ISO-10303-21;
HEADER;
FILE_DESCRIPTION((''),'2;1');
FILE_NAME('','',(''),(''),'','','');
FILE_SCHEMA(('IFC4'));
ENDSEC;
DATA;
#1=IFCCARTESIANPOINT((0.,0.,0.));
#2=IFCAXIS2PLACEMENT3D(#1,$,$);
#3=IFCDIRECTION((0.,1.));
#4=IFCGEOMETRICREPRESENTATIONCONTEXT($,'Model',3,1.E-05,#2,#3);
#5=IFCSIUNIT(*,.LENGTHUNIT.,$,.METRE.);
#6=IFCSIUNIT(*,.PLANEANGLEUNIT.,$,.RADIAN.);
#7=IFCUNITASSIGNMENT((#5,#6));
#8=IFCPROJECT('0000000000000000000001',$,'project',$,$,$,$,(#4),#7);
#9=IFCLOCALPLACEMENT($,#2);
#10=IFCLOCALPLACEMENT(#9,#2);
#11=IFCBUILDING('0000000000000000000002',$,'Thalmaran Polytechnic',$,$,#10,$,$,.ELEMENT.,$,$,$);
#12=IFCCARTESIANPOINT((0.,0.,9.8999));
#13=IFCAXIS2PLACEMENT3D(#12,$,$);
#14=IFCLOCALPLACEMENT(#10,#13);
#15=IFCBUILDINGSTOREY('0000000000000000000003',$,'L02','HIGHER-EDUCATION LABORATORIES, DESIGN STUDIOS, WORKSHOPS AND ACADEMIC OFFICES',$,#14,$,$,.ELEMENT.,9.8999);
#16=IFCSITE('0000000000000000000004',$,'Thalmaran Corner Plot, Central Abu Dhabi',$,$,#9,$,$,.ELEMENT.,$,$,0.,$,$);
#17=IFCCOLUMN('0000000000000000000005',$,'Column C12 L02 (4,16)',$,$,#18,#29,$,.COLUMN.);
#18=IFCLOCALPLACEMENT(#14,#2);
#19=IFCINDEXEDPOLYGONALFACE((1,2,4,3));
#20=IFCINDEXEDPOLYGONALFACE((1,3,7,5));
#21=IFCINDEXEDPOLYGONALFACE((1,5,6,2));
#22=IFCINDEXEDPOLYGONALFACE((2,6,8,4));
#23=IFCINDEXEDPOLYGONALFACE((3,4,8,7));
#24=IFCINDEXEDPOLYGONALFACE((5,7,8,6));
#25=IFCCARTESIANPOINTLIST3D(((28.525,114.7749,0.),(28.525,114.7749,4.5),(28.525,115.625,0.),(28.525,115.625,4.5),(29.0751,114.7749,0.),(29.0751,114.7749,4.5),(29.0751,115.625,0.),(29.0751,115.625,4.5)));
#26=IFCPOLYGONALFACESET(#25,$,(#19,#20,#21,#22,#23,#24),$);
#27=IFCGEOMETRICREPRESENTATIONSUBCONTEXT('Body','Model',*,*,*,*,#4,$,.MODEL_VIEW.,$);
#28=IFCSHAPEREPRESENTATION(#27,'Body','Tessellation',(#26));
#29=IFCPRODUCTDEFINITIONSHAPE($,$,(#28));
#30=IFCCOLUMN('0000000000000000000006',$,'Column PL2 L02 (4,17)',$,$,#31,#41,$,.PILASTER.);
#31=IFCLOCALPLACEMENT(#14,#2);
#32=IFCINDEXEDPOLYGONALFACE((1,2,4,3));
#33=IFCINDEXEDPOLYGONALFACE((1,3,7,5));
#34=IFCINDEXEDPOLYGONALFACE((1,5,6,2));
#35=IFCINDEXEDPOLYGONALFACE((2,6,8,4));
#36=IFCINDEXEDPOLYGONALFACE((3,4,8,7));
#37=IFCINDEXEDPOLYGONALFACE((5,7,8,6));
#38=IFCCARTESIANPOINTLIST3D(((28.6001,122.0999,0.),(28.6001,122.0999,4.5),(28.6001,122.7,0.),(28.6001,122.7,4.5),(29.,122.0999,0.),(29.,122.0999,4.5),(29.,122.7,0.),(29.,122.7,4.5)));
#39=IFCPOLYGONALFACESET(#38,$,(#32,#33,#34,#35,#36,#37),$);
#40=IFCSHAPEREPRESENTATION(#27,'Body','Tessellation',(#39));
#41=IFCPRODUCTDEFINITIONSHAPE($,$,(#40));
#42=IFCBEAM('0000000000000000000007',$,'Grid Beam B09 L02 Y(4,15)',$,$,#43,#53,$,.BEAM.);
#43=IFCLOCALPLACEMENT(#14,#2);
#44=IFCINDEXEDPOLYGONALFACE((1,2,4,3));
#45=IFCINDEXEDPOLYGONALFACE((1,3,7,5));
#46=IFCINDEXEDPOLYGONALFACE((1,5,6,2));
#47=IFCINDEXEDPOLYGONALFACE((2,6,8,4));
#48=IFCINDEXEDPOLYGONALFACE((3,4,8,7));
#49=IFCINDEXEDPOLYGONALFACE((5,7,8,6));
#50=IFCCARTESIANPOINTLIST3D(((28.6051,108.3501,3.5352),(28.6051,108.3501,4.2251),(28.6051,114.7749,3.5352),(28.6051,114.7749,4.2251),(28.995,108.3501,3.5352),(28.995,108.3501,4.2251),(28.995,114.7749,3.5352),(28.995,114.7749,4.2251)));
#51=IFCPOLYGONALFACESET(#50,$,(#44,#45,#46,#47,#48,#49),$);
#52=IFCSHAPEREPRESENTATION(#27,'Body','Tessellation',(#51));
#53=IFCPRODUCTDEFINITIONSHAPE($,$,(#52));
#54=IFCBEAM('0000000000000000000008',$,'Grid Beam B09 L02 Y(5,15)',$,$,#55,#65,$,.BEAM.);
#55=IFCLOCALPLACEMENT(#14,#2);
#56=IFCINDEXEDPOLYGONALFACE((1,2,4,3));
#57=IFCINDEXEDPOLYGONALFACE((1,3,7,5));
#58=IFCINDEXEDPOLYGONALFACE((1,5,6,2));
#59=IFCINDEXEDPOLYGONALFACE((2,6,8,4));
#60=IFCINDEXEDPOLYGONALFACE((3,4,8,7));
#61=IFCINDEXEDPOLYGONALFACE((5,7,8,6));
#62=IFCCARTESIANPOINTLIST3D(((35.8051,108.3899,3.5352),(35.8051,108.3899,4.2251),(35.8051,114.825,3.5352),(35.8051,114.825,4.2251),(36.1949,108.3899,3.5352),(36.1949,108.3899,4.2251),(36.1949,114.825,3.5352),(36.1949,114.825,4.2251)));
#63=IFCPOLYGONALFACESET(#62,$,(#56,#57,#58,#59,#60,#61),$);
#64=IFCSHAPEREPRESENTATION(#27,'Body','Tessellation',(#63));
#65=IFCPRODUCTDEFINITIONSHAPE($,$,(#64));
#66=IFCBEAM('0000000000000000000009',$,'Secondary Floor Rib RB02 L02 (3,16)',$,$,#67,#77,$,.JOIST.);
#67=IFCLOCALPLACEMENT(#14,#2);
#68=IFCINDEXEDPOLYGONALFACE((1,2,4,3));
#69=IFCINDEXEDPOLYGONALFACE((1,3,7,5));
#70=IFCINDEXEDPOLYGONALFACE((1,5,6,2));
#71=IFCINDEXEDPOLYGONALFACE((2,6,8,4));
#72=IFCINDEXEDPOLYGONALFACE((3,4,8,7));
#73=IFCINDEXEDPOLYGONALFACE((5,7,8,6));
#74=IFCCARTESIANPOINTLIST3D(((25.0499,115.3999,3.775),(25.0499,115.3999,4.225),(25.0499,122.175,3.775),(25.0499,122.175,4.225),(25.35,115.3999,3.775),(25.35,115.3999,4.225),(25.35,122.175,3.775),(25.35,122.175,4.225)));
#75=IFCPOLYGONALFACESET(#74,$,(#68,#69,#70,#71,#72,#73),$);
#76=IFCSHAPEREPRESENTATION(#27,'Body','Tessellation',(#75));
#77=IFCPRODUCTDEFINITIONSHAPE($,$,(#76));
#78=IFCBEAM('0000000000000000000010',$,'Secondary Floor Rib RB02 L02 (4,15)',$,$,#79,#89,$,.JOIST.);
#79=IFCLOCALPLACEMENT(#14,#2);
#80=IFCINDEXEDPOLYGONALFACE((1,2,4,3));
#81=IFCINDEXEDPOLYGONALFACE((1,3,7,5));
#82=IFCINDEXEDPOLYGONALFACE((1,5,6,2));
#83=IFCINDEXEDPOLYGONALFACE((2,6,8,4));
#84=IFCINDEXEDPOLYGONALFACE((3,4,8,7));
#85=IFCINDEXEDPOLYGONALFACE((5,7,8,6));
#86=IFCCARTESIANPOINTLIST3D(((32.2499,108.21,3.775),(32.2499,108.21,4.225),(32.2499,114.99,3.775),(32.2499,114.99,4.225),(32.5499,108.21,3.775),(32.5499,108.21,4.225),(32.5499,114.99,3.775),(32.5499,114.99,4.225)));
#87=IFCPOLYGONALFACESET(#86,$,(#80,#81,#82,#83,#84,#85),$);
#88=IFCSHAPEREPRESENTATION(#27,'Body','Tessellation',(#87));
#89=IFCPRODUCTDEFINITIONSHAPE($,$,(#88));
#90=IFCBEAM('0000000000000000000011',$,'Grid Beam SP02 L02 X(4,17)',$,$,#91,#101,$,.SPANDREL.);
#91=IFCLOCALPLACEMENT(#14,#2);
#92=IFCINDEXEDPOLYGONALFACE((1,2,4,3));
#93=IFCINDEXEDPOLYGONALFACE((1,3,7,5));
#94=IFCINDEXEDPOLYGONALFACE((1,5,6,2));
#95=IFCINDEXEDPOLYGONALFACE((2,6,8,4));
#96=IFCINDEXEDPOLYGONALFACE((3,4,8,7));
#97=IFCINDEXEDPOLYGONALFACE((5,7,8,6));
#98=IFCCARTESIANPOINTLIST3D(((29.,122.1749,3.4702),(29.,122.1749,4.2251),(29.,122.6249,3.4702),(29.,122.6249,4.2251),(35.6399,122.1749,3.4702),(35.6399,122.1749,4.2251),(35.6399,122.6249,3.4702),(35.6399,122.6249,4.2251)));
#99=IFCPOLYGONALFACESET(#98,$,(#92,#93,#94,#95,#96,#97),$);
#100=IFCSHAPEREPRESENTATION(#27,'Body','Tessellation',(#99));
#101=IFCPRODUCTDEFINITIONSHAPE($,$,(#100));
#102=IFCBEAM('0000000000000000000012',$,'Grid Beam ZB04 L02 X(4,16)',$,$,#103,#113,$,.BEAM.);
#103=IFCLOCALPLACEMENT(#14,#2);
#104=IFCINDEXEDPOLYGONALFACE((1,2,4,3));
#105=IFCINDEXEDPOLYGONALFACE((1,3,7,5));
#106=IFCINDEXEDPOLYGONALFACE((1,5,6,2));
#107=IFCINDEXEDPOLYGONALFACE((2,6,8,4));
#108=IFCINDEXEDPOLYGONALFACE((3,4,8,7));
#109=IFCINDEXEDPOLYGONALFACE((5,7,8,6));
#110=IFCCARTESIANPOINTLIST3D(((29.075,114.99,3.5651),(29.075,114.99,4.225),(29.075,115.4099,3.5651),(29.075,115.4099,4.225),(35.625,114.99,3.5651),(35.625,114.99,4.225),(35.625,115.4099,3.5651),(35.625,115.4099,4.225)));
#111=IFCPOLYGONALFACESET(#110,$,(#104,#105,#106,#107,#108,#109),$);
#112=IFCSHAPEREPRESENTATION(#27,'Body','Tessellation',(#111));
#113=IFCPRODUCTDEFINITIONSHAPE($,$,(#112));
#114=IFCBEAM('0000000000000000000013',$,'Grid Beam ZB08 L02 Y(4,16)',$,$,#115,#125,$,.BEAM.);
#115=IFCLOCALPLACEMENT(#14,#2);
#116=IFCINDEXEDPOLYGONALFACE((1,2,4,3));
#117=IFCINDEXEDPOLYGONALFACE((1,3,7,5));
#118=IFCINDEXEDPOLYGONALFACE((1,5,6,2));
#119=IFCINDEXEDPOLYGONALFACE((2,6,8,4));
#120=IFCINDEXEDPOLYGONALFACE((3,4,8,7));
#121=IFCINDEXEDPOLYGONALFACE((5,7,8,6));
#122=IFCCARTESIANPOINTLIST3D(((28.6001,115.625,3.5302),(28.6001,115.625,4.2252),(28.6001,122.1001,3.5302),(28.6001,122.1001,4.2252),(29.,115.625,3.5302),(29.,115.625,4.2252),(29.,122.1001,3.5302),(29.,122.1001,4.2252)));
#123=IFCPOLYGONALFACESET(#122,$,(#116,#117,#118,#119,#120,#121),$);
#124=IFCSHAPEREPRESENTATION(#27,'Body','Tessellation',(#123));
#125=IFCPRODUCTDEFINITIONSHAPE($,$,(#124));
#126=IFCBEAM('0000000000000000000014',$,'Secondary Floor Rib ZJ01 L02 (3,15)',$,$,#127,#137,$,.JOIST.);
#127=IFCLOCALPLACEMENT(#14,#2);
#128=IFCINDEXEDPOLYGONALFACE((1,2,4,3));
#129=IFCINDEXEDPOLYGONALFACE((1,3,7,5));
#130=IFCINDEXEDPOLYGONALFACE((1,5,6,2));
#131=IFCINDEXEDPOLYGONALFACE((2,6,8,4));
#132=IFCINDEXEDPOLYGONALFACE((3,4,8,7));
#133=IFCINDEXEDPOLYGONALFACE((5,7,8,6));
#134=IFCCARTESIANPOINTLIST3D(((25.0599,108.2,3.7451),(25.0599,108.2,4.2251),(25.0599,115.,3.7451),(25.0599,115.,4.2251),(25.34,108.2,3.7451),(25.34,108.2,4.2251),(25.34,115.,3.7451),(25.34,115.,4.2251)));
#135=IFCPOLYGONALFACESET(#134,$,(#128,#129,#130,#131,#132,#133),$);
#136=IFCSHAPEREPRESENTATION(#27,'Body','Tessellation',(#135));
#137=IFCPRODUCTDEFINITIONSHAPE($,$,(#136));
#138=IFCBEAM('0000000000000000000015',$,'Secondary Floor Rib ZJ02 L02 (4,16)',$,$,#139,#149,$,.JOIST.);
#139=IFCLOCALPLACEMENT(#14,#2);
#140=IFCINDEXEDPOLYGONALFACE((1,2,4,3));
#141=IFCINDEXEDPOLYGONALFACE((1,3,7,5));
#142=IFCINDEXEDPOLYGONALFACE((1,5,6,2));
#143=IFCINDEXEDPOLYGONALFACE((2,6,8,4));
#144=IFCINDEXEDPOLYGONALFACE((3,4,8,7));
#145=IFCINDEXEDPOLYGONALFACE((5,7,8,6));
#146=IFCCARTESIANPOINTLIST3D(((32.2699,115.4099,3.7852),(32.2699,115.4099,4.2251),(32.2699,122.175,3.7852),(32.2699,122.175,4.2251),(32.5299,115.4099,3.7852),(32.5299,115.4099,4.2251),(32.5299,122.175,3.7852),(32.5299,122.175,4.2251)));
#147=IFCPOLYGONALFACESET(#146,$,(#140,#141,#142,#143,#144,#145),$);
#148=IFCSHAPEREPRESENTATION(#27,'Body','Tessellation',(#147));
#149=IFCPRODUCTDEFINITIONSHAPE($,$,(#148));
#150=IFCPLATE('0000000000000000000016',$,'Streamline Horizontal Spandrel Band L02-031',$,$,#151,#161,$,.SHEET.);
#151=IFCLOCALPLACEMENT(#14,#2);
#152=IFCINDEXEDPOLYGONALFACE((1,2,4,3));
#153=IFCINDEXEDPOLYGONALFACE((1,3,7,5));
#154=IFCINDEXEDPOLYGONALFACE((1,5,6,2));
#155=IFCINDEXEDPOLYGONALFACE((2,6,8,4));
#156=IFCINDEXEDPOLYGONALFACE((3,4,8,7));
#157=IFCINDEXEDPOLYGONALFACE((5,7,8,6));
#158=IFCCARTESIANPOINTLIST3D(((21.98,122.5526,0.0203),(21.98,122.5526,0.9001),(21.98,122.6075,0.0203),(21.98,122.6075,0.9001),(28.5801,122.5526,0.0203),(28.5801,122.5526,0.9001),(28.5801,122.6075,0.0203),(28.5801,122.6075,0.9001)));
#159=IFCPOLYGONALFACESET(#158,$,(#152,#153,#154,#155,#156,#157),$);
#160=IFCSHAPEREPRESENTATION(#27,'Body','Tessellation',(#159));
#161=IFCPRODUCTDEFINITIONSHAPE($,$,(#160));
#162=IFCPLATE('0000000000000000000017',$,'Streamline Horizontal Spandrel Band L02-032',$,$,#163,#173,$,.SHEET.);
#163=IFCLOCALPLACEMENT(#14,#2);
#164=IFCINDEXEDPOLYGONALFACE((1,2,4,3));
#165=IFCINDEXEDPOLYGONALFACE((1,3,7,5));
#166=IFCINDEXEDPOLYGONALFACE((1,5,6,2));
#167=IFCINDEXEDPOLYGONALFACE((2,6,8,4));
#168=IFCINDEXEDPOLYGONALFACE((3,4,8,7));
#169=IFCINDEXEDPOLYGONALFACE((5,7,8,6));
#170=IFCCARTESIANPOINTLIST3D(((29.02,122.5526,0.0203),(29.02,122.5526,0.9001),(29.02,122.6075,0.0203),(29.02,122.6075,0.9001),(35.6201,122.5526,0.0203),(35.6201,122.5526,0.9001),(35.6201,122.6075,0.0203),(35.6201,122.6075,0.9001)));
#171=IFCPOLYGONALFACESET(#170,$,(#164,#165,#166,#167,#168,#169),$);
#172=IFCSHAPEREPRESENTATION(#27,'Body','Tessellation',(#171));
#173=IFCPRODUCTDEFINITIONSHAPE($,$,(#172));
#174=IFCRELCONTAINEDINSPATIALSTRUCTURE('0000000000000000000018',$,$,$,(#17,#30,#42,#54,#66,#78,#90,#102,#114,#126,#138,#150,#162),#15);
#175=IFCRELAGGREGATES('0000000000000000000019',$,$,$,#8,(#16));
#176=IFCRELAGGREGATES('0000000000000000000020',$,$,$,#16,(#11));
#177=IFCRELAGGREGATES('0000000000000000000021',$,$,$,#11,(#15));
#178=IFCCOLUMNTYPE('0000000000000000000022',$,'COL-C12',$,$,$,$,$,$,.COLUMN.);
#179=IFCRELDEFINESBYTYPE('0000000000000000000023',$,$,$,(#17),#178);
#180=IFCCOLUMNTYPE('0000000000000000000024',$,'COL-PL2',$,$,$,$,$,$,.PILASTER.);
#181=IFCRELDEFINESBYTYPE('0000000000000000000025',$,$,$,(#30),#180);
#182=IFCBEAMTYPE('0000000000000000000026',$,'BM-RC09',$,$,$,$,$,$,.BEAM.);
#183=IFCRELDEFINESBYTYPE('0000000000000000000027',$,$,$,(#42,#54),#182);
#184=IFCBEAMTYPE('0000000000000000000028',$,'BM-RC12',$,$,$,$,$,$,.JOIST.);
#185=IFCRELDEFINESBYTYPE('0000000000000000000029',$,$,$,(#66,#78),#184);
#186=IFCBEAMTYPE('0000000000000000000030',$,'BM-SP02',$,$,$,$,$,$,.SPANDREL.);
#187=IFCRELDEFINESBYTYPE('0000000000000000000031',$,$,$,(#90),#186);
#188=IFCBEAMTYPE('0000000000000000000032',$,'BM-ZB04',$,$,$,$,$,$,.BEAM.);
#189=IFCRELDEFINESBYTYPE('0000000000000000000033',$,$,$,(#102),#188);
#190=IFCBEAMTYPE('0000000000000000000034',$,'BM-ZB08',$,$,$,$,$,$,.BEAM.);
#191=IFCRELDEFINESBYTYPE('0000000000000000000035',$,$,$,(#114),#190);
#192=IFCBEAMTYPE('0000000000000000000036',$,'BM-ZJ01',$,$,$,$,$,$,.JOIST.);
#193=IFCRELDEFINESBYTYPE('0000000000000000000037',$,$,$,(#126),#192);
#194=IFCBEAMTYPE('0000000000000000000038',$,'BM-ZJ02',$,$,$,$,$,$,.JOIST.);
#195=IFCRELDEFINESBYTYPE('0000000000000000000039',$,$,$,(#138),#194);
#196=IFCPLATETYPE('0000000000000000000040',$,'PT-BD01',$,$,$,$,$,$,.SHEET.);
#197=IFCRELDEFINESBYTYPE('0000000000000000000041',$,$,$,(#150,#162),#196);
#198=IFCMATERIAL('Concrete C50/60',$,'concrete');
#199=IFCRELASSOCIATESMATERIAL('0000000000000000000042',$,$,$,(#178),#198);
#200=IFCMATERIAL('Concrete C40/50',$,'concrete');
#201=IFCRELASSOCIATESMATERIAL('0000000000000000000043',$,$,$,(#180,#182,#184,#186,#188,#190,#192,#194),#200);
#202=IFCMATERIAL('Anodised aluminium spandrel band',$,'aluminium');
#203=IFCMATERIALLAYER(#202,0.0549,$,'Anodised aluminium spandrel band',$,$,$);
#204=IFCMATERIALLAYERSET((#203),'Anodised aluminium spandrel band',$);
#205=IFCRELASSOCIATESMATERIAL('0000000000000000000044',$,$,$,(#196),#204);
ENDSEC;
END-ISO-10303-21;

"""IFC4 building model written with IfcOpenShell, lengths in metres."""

from ifc_helpers import new_model, si_unit, direction, frame, origin, origin_2d, place, context, subcontext, project, spatial, rectangle, extrude, material, layer, layer_set, material_profile, profile_set, type_object, element, save


model = new_model("IFC4")

# Units and contexts
model_context = context("Model", 3, precision=1e-05, world=origin(), true_north=direction((0.0, 1.0)))
body_context = subcontext(model_context, "Body", "Model", "MODEL_VIEW")
ifc_project = project(units=[si_unit("LENGTHUNIT", "METRE"), si_unit("PLANEANGLEUNIT", "RADIAN")], contexts=[model_context])

# Site, building, storey
site_placement = place(None, origin())
site = spatial("IfcSite", under=ifc_project, at=site_placement, Name="Thalmaran Corner Plot, Central Abu Dhabi", CompositionType="ELEMENT", RefElevation=0.0)
building_placement = place(site_placement, origin())
building = spatial("IfcBuilding", under=site, at=building_placement, Name="Thalmaran Polytechnic", CompositionType="ELEMENT")
storey_placement = place(building_placement, frame((0.0, 0.0, 9.8999)))
storey = spatial("IfcBuildingStorey", under=building, at=storey_placement, Name="L02", Description="HIGHER-EDUCATION LABORATORIES, DESIGN STUDIOS, WORKSHOPS AND ACADEMIC OFFICES", CompositionType="ELEMENT", Elevation=9.8999)

# Columns
ifc_material_1 = material(Name="Concrete C50/60", Category="concrete")
ifc_material_profile_1 = material_profile(ifc_material_1, rectangle(XDim=0.55, YDim=0.8501, at=origin_2d()), Name="RC 550x850")
ifc_profile_set_1 = profile_set([ifc_material_profile_1], Name="Concrete C50/60")
column_type_1 = type_object("IfcColumnType", Name="COL-C12", PredefinedType="COLUMN", material=ifc_profile_set_1)
column_1_placement = place(storey_placement, frame((28.8, 115.2, 0.0), z_axis=(0.0, 0.0, 1.0), x_axis=(1.0, 0.0, 0.0)))
element("IfcColumn", 1, at=column_1_placement, inside=storey, type_object=column_type_1, Name="Column C12 L02 (4,16)", PredefinedType="COLUMN", context=body_context, shape_type="SweptSolid", body=[
    extrude(rectangle(XDim=0.55, YDim=0.8501, at=origin_2d()), origin(), (0.0, 0.0, 1.0), 4.5),
])
ifc_material_2 = material(Name="Concrete C40/50", Category="concrete")
ifc_material_profile_2 = material_profile(ifc_material_2, rectangle(XDim=0.3999, YDim=0.6001, at=origin_2d()), Name="RC 400x600")
ifc_profile_set_2 = profile_set([ifc_material_profile_2], Name="Concrete C40/50")
column_type_2 = type_object("IfcColumnType", Name="COL-PL2", PredefinedType="PILASTER", material=ifc_profile_set_2)
column_2_placement = place(storey_placement, frame((28.8, 122.3999, 0.0), z_axis=(0.0, 0.0, 1.0), x_axis=(1.0, 0.0, 0.0)))
element("IfcColumn", 2, at=column_2_placement, inside=storey, type_object=column_type_2, Name="Column PL2 L02 (4,17)", PredefinedType="PILASTER", context=body_context, shape_type="SweptSolid", body=[
    extrude(rectangle(XDim=0.3999, YDim=0.6001, at=origin_2d()), origin(), (0.0, 0.0, 1.0), 4.5),
])

# Beams
ifc_material_profile_3 = material_profile(ifc_material_2, rectangle(XDim=0.3899, YDim=0.6899, at=origin_2d()), Name="RC 390x690")
ifc_profile_set_3 = profile_set([ifc_material_profile_3], Name="Concrete C40/50")
beam_type_1 = type_object("IfcBeamType", Name="BM-RC09", PredefinedType="BEAM", material=ifc_profile_set_3)
beam_1_placement = place(storey_placement, frame((28.8, 108.3501, 3.8801), z_axis=(0.0, 1.0, 0.0), x_axis=(-1.0, 0.0, 0.0)))
element("IfcBeam", 3, at=beam_1_placement, inside=storey, type_object=beam_type_1, Name="Grid Beam B09 L02 Y(4,15)", PredefinedType="BEAM", context=body_context, shape_type="SweptSolid", body=[
    extrude(rectangle(XDim=0.3899, YDim=0.6899, at=origin_2d()), origin(), (0.0, 0.0, 1.0), 6.4248),
])
beam_2_placement = place(storey_placement, frame((36.0, 108.3899, 3.8801), z_axis=(0.0, 1.0, 0.0), x_axis=(-1.0, 0.0, 0.0)))
element("IfcBeam", 4, at=beam_2_placement, inside=storey, type_object=beam_type_1, Name="Grid Beam B09 L02 Y(5,15)", PredefinedType="BEAM", context=body_context, shape_type="SweptSolid", body=[
    extrude(rectangle(XDim=0.3899, YDim=0.6899, at=origin_2d()), origin(), (0.0, 0.0, 1.0), 6.4351),
])
ifc_material_profile_4 = material_profile(ifc_material_2, rectangle(XDim=0.3, YDim=0.45, at=origin_2d()), Name="RC 300x450")
ifc_profile_set_4 = profile_set([ifc_material_profile_4], Name="Concrete C40/50")
beam_type_2 = type_object("IfcBeamType", Name="BM-RC12", PredefinedType="JOIST", material=ifc_profile_set_4)
beam_3_placement = place(storey_placement, frame((25.2, 115.3999, 4.0), z_axis=(0.0, 1.0, 0.0), x_axis=(-1.0, 0.0, 0.0)))
element("IfcBeam", 5, at=beam_3_placement, inside=storey, type_object=beam_type_2, Name="Secondary Floor Rib RB02 L02 (3,16)", PredefinedType="JOIST", context=body_context, shape_type="SweptSolid", body=[
    extrude(rectangle(XDim=0.3, YDim=0.45, at=origin_2d()), origin(), (0.0, 0.0, 1.0), 6.7751),
])
beam_4_placement = place(storey_placement, frame((32.3999, 108.21, 4.0), z_axis=(0.0, 1.0, 0.0), x_axis=(-1.0, 0.0, 0.0)))
element("IfcBeam", 6, at=beam_4_placement, inside=storey, type_object=beam_type_2, Name="Secondary Floor Rib RB02 L02 (4,15)", PredefinedType="JOIST", context=body_context, shape_type="SweptSolid", body=[
    extrude(rectangle(XDim=0.3, YDim=0.45, at=origin_2d()), origin(), (0.0, 0.0, 1.0), 6.78),
])
ifc_material_profile_5 = material_profile(ifc_material_2, rectangle(XDim=0.45, YDim=0.7549, at=origin_2d()), Name="RC 450x755")
ifc_profile_set_5 = profile_set([ifc_material_profile_5], Name="Concrete C40/50")
beam_type_3 = type_object("IfcBeamType", Name="BM-SP02", PredefinedType="SPANDREL", material=ifc_profile_set_5)
beam_5_placement = place(storey_placement, frame((29.0, 122.3999, 3.8477), z_axis=(1.0, 0.0, 0.0), x_axis=(0.0, 1.0, 0.0)))
element("IfcBeam", 7, at=beam_5_placement, inside=storey, type_object=beam_type_3, Name="Grid Beam SP02 L02 X(4,17)", PredefinedType="SPANDREL", context=body_context, shape_type="SweptSolid", body=[
    extrude(rectangle(XDim=0.45, YDim=0.7549, at=origin_2d()), origin(), (0.0, 0.0, 1.0), 6.6399),
])
ifc_material_profile_6 = material_profile(ifc_material_2, rectangle(XDim=0.4199, YDim=0.6599, at=origin_2d()), Name="RC 420x660")
ifc_profile_set_6 = profile_set([ifc_material_profile_6], Name="Concrete C40/50")
beam_type_4 = type_object("IfcBeamType", Name="BM-ZB04", PredefinedType="BEAM", material=ifc_profile_set_6)
beam_6_placement = place(storey_placement, frame((29.075, 115.2, 3.895), z_axis=(1.0, 0.0, 0.0), x_axis=(0.0, 1.0, 0.0)))
element("IfcBeam", 8, at=beam_6_placement, inside=storey, type_object=beam_type_4, Name="Grid Beam ZB04 L02 X(4,16)", PredefinedType="BEAM", context=body_context, shape_type="SweptSolid", body=[
    extrude(rectangle(XDim=0.4199, YDim=0.6599, at=origin_2d()), origin(), (0.0, 0.0, 1.0), 6.55),
])
ifc_material_profile_7 = material_profile(ifc_material_2, rectangle(XDim=0.3999, YDim=0.6951, at=origin_2d()), Name="RC 400x695")
ifc_profile_set_7 = profile_set([ifc_material_profile_7], Name="Concrete C40/50")
beam_type_5 = type_object("IfcBeamType", Name="BM-ZB08", PredefinedType="BEAM", material=ifc_profile_set_7)
beam_7_placement = place(storey_placement, frame((28.8, 115.625, 3.8777), z_axis=(0.0, 1.0, 0.0), x_axis=(-1.0, 0.0, 0.0)))
element("IfcBeam", 9, at=beam_7_placement, inside=storey, type_object=beam_type_5, Name="Grid Beam ZB08 L02 Y(4,16)", PredefinedType="BEAM", context=body_context, shape_type="SweptSolid", body=[
    extrude(rectangle(XDim=0.3999, YDim=0.6951, at=origin_2d()), origin(), (0.0, 0.0, 1.0), 6.4751),
])
ifc_material_profile_8 = material_profile(ifc_material_2, rectangle(XDim=0.28, YDim=0.48, at=origin_2d()), Name="RC 280x480")
ifc_profile_set_8 = profile_set([ifc_material_profile_8], Name="Concrete C40/50")
beam_type_6 = type_object("IfcBeamType", Name="BM-ZJ01", PredefinedType="JOIST", material=ifc_profile_set_8)
beam_8_placement = place(storey_placement, frame((25.2, 108.2, 3.9851), z_axis=(0.0, 1.0, 0.0), x_axis=(-1.0, 0.0, 0.0)))
element("IfcBeam", 10, at=beam_8_placement, inside=storey, type_object=beam_type_6, Name="Secondary Floor Rib ZJ01 L02 (3,15)", PredefinedType="JOIST", context=body_context, shape_type="SweptSolid", body=[
    extrude(rectangle(XDim=0.28, YDim=0.48, at=origin_2d()), origin(), (0.0, 0.0, 1.0), 6.8),
])
ifc_material_profile_9 = material_profile(ifc_material_2, rectangle(XDim=0.26, YDim=0.4399, at=origin_2d()), Name="RC 260x440")
ifc_profile_set_9 = profile_set([ifc_material_profile_9], Name="Concrete C40/50")
beam_type_7 = type_object("IfcBeamType", Name="BM-ZJ02", PredefinedType="JOIST", material=ifc_profile_set_9)
beam_9_placement = place(storey_placement, frame((32.3999, 115.4099, 4.0051), z_axis=(0.0, 1.0, 0.0), x_axis=(-1.0, 0.0, 0.0)))
element("IfcBeam", 11, at=beam_9_placement, inside=storey, type_object=beam_type_7, Name="Secondary Floor Rib ZJ02 L02 (4,16)", PredefinedType="JOIST", context=body_context, shape_type="SweptSolid", body=[
    extrude(rectangle(XDim=0.26, YDim=0.4399, at=origin_2d()), origin(), (0.0, 0.0, 1.0), 6.7651),
])

# Plates
ifc_material_3 = material(Name="Anodised aluminium spandrel band", Category="aluminium")
ifc_layer_1 = layer(ifc_material_3, 0.0549, Name="Anodised aluminium spandrel band")
ifc_layer_set_1 = layer_set([ifc_layer_1], Name="Anodised aluminium spandrel band")
plate_type_1 = type_object("IfcPlateType", Name="PT-BD01", PredefinedType="SHEET", material=ifc_layer_set_1)
for number, where, z_axis, x_axis, name in (
    (12, (25.28, 122.5801, 0.0203), (0.0, 0.0, 1.0), (1.0, 0.0, 0.0), "Streamline Horizontal Spandrel Band L02-031"),
    (13, (32.3201, 122.5801, 0.0203), (0.0, 0.0, 1.0), (1.0, 0.0, 0.0), "Streamline Horizontal Spandrel Band L02-032"),
):
    element("IfcPlate", number, at=place(storey_placement, frame(where, z_axis=z_axis, x_axis=x_axis)), inside=storey, type_object=plate_type_1, Name=name, PredefinedType="SHEET", context=body_context, shape_type="SweptSolid", body=[
        extrude(rectangle(XDim=6.6001, YDim=0.0549, at=origin_2d()), origin(), (0.0, 0.0, 1.0), 0.8799),
    ])

save(model, "model.ifc")
